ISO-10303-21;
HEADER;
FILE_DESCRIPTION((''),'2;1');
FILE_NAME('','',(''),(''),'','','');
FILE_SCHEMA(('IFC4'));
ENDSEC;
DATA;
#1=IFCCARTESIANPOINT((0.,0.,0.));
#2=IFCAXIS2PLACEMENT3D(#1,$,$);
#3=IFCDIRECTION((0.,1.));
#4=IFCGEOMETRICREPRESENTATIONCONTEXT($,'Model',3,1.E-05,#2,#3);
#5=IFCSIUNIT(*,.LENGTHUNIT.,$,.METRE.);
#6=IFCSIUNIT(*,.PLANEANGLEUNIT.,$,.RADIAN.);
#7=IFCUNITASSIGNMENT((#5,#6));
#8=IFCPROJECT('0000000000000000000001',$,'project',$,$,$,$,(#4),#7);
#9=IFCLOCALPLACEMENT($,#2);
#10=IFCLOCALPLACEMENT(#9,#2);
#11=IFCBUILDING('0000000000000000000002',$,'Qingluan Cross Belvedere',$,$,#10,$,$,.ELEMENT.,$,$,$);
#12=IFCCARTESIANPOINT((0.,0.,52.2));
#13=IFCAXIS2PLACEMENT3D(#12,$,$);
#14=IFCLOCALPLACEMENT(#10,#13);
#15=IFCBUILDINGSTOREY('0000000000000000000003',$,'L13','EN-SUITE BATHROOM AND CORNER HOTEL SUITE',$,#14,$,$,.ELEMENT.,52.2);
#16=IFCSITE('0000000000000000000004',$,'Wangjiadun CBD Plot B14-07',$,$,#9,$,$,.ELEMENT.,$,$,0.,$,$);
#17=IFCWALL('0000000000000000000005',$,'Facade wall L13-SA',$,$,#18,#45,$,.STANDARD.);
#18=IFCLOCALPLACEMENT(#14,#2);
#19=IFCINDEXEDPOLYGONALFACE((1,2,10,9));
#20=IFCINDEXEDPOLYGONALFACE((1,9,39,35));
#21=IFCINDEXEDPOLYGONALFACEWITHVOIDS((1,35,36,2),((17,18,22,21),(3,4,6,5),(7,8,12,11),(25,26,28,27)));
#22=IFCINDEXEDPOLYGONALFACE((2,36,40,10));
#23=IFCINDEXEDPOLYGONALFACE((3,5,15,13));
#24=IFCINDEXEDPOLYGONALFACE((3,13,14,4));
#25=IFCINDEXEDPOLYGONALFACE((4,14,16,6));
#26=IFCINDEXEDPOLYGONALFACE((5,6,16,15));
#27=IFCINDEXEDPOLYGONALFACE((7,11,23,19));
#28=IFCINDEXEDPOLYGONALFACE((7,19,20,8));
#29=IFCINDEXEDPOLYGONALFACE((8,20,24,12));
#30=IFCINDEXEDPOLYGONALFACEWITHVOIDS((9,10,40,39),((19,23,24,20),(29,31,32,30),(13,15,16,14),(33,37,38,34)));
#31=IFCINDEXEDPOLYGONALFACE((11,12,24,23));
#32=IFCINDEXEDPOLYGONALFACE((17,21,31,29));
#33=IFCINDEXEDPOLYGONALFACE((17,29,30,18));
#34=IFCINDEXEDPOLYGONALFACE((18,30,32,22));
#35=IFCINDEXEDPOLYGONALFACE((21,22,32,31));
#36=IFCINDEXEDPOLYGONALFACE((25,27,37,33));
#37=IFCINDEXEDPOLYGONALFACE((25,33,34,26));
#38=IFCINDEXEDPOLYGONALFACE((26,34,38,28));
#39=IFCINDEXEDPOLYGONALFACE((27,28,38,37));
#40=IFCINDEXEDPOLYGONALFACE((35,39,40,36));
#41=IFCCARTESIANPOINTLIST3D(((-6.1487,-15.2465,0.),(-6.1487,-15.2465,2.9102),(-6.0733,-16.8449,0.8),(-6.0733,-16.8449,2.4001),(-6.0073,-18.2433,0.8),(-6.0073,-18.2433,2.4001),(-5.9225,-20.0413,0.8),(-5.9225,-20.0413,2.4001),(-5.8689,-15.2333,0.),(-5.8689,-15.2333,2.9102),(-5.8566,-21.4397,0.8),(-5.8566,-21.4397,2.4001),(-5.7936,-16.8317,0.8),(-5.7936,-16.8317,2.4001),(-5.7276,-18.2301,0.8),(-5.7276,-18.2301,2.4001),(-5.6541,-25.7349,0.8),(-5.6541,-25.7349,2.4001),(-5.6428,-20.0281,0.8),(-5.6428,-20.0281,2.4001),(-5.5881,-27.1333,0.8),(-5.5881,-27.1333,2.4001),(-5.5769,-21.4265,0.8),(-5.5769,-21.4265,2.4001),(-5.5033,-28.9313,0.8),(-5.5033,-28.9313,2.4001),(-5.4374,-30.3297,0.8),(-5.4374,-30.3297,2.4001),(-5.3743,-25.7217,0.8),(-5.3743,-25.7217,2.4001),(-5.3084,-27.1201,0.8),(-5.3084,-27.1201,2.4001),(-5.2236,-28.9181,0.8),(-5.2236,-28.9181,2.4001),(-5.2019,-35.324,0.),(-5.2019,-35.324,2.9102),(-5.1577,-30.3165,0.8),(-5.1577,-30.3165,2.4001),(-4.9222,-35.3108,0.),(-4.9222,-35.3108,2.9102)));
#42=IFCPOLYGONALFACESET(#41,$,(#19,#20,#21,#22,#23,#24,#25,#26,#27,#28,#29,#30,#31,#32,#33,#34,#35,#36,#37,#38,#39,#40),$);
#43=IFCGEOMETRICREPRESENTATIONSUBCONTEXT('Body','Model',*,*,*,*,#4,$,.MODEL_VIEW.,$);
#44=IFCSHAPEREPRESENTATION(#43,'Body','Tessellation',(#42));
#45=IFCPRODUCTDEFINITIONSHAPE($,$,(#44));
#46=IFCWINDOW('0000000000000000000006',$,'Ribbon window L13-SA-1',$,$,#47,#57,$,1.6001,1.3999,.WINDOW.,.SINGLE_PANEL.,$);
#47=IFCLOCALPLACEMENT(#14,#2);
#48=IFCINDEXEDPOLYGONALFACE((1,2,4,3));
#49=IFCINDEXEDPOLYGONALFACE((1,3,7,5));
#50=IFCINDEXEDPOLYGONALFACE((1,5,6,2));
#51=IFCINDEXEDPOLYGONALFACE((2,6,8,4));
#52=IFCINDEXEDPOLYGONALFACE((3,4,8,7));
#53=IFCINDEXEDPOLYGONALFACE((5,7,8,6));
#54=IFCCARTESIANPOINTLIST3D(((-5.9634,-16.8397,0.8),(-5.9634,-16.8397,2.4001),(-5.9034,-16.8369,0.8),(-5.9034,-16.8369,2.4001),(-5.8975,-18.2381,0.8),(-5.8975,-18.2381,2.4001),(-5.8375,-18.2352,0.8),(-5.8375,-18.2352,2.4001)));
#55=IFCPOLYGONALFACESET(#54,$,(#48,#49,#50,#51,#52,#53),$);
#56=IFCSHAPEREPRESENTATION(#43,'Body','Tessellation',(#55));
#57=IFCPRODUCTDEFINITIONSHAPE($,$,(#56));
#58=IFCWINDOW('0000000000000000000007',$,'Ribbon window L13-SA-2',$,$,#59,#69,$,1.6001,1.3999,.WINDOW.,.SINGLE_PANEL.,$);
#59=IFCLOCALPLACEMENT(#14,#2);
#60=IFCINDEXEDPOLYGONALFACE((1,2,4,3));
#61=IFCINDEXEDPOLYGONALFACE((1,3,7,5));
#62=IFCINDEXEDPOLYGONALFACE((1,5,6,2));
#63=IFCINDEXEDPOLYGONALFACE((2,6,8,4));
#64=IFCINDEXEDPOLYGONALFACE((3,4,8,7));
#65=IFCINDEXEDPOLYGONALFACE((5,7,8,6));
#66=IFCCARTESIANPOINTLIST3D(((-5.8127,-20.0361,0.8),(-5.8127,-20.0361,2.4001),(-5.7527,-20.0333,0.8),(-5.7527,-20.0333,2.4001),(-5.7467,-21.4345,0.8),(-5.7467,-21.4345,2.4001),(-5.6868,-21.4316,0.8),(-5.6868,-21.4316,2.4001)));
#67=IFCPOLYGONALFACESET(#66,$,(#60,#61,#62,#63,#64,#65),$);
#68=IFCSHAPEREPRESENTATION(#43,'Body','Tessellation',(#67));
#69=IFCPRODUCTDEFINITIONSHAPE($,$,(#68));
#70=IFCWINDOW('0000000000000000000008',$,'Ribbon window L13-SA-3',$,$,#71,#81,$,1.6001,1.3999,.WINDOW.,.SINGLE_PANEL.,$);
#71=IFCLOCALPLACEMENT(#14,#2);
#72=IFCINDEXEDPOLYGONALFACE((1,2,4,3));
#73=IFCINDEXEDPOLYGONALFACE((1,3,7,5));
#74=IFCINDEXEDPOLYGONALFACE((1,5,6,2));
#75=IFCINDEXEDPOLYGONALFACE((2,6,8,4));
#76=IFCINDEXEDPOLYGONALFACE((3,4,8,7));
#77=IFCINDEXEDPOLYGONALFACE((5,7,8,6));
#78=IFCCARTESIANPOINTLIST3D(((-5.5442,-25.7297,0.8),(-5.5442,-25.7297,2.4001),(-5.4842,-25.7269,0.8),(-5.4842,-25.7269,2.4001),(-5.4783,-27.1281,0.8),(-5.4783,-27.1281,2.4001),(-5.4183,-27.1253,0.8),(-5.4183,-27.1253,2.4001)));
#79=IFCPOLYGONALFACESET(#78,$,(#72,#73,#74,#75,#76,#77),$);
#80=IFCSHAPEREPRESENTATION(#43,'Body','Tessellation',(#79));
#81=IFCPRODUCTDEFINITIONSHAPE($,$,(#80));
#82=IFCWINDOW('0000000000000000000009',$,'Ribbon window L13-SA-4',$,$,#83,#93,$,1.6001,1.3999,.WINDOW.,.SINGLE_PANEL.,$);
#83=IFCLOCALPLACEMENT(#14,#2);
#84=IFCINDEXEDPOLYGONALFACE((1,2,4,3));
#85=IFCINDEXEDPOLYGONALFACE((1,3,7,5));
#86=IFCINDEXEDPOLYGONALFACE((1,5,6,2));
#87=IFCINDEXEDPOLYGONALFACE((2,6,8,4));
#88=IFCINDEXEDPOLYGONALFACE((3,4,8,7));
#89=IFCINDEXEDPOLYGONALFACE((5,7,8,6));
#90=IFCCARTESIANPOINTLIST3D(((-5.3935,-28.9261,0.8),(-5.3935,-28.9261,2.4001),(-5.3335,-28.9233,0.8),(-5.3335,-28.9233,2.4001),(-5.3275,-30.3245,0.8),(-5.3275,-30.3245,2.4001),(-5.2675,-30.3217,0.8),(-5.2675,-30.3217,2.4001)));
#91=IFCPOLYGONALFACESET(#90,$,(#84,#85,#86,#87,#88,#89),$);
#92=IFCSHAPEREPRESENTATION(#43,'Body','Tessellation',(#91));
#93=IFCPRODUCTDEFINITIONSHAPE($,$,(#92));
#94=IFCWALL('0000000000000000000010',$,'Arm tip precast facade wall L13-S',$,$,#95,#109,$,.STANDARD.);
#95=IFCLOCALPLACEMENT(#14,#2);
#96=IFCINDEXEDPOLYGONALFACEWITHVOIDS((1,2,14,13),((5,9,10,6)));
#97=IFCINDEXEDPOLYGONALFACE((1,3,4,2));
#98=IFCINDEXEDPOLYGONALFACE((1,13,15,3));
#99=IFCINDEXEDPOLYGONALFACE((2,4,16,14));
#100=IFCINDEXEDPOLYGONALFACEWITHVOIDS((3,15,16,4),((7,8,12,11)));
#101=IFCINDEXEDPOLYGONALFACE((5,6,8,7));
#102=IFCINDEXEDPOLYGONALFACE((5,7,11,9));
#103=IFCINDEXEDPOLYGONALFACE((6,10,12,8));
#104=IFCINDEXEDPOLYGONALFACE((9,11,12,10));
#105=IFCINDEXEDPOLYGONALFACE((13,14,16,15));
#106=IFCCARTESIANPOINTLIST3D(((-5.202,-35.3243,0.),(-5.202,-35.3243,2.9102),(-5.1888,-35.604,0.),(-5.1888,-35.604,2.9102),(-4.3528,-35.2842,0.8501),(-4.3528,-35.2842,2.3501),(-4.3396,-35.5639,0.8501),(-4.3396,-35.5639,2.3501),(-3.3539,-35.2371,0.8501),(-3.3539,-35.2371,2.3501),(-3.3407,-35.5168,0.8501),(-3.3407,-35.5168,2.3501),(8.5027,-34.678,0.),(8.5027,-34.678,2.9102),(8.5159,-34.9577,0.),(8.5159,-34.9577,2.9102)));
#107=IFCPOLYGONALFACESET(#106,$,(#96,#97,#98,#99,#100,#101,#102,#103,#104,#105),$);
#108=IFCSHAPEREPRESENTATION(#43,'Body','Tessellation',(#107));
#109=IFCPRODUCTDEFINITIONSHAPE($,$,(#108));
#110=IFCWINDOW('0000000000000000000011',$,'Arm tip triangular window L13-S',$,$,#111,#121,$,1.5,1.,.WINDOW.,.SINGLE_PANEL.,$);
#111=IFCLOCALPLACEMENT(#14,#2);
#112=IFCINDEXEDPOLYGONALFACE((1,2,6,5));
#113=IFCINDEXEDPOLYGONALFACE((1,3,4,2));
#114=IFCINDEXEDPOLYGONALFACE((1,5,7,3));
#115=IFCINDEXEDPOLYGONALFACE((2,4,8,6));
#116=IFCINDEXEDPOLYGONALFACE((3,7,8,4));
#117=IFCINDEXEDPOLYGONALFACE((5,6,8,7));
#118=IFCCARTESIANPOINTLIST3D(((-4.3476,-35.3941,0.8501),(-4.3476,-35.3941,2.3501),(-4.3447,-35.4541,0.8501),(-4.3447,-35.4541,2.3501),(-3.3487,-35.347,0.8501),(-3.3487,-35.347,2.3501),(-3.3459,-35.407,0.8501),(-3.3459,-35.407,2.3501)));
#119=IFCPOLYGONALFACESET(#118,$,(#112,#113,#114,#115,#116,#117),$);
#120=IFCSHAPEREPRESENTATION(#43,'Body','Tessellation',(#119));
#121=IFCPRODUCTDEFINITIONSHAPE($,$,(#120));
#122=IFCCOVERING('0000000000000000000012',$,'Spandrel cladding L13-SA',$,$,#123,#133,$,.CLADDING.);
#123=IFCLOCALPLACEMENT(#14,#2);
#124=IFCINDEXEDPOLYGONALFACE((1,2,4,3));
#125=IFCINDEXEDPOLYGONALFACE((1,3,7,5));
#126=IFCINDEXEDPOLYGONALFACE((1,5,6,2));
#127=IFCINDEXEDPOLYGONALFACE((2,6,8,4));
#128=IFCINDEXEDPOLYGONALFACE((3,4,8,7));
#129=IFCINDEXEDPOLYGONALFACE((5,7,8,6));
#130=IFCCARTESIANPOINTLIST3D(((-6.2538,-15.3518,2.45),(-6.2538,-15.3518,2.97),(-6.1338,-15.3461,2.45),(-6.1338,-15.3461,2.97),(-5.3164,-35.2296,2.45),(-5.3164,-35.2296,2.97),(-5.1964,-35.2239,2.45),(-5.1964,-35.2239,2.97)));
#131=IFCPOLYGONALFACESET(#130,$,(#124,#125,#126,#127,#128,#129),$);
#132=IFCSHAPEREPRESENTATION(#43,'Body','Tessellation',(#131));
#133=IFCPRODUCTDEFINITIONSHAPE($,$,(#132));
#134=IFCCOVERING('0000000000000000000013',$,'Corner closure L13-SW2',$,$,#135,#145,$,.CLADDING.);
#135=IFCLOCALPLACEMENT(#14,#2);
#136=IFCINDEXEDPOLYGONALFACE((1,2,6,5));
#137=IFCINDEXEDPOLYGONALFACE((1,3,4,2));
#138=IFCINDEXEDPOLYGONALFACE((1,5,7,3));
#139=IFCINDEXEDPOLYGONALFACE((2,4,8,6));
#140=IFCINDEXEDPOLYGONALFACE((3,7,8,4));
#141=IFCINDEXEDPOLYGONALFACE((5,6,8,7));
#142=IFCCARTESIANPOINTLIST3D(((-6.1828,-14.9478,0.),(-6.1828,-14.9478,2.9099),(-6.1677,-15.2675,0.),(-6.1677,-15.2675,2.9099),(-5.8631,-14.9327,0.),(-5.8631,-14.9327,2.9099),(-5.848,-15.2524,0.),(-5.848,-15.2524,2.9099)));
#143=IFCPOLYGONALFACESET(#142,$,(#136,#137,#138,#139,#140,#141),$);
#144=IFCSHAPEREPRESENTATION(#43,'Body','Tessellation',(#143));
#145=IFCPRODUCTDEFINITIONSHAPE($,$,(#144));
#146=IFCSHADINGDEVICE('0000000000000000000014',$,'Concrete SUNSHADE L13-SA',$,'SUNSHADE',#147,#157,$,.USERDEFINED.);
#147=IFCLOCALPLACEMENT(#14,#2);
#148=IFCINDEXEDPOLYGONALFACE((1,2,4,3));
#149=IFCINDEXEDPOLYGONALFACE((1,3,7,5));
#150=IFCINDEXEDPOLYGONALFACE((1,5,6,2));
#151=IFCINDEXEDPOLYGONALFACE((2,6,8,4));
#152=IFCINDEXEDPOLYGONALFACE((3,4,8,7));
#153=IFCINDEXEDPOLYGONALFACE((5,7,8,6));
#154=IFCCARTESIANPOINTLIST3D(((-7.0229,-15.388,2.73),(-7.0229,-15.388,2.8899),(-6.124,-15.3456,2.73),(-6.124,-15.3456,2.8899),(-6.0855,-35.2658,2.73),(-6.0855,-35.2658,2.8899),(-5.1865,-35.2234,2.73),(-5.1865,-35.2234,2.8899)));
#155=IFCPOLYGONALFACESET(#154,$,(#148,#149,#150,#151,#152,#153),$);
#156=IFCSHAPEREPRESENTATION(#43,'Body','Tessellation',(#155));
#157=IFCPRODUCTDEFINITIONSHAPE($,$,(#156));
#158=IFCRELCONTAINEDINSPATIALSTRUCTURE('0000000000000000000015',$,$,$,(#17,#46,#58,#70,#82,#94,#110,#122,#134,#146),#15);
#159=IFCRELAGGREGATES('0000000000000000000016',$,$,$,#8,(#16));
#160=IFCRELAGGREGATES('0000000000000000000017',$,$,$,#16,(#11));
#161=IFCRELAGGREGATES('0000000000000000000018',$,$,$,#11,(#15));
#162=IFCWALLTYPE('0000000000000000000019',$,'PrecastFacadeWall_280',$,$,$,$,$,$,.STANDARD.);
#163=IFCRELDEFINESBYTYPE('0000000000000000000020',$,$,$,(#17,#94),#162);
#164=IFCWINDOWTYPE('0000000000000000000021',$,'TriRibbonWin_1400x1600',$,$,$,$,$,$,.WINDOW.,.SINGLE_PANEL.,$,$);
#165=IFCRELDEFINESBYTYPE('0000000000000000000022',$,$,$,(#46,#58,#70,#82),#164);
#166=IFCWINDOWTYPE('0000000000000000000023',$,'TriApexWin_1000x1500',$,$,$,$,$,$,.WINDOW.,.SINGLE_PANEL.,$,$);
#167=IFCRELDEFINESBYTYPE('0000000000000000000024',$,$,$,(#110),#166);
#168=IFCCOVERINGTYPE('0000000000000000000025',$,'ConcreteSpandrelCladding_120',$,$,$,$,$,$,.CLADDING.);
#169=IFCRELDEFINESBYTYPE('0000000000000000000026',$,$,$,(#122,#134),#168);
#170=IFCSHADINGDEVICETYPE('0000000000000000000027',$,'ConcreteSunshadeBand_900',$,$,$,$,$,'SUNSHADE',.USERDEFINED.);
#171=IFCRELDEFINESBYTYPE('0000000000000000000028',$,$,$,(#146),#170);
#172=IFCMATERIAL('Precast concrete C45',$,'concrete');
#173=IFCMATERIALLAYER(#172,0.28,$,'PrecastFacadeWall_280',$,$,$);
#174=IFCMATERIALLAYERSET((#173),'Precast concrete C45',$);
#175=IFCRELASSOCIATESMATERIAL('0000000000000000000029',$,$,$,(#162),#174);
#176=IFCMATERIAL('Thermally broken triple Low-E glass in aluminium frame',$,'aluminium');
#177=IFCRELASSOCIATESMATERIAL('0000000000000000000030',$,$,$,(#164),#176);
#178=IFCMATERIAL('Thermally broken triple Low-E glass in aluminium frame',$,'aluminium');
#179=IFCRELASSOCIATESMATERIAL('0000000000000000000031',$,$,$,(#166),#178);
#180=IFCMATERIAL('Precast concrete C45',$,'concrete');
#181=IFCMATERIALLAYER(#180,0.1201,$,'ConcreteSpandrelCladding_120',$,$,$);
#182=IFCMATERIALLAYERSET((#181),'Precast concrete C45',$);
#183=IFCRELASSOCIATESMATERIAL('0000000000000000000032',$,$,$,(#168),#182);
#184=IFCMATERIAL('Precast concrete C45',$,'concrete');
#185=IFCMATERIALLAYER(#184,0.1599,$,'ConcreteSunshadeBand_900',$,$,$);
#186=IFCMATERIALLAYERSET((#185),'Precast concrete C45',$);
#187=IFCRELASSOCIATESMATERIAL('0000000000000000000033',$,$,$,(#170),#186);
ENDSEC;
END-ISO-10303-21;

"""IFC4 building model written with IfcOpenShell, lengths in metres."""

from ifc_helpers import new_model, si_unit, direction, frame, frame_2d, origin, origin_2d, place, context, subcontext, project, spatial, rectangle, extrude, material, layer, layer_set, type_object, element, fill, save


model = new_model("IFC4")

# Units and contexts
model_context = context("Model", 3, precision=1e-05, world=origin(), true_north=direction((0.0, 1.0)))
body_context = subcontext(model_context, "Body", "Model", "MODEL_VIEW")
ifc_project = project(units=[si_unit("LENGTHUNIT", "METRE"), si_unit("PLANEANGLEUNIT", "RADIAN")], contexts=[model_context])

# Site, building, storey
site_placement = place(None, origin())
site = spatial("IfcSite", under=ifc_project, at=site_placement, Name="Wangjiadun CBD Plot B14-07", CompositionType="ELEMENT", RefElevation=0.0)
building_placement = place(site_placement, origin())
building = spatial("IfcBuilding", under=site, at=building_placement, Name="Qingluan Cross Belvedere", CompositionType="ELEMENT")
storey_placement = place(building_placement, frame((0.0, 0.0, 52.2)))
storey = spatial("IfcBuildingStorey", under=building, at=storey_placement, Name="L13", Description="EN-SUITE BATHROOM AND CORNER HOTEL SUITE", CompositionType="ELEMENT", Elevation=52.2)

# Wall, openings, windows
ifc_material_1 = material(Name="Precast concrete C45", Category="concrete")
ifc_layer_1 = layer(ifc_material_1, 0.28, Name="PrecastFacadeWall_280")
ifc_layer_set_1 = layer_set([ifc_layer_1], Name="Precast concrete C45")
wall_type_1 = type_object("IfcWallType", Name="PrecastFacadeWall_280", PredefinedType="STANDARD", material=ifc_layer_set_1)
wall_1_placement = place(storey_placement, frame((-6.0088, -15.24, 0.0), z_axis=(0.0, 0.0, 1.0), x_axis=(0.047103, -0.99889, 0.0)))
wall_1 = element("IfcWall", 1, at=wall_1_placement, inside=storey, type_object=wall_type_1, Name="Facade wall L13-SA", PredefinedType="STANDARD", context=body_context, shape_type="SweptSolid", body=[
    extrude(rectangle(XDim=20.0999, YDim=0.28, at=frame_2d((10.0498, 0.0))), origin(), (0.0, 0.0, 1.0), 2.9102),
])
opening_1_placement = place(wall_1_placement, frame((1.6001, 0.0, 0.8)))
opening_1 = element("IfcOpeningElement", 2, at=opening_1_placement, cuts=wall_1, PredefinedType="OPENING", context=body_context, shape_type="SweptSolid", body=[
    extrude(rectangle(XDim=1.3999, YDim=1.6001, at=frame_2d((0.7, 0.8))), frame((0.0, 0.1499, 0.0), z_axis=(0.0, -1.0, 0.0), x_axis=(1.0, 0.0, 0.0)), (0.0, 0.0, 1.0), 0.3),
])
opening_2_placement = place(wall_1_placement, frame((4.8, 0.0, 0.8)))
opening_2 = element("IfcOpeningElement", 3, at=opening_2_placement, cuts=wall_1, PredefinedType="OPENING", context=body_context, shape_type="SweptSolid", body=[
    extrude(rectangle(XDim=1.3999, YDim=1.6001, at=frame_2d((0.7, 0.8))), frame((0.0, 0.1499, 0.0), z_axis=(0.0, -1.0, 0.0), x_axis=(1.0, 0.0, 0.0)), (0.0, 0.0, 1.0), 0.3),
])
opening_3_placement = place(wall_1_placement, frame((10.5, 0.0, 0.8)))
opening_3 = element("IfcOpeningElement", 4, at=opening_3_placement, cuts=wall_1, PredefinedType="OPENING", context=body_context, shape_type="SweptSolid", body=[
    extrude(rectangle(XDim=1.3999, YDim=1.6001, at=frame_2d((0.7, 0.8))), frame((0.0, 0.1499, 0.0), z_axis=(0.0, -1.0, 0.0), x_axis=(1.0, 0.0, 0.0)), (0.0, 0.0, 1.0), 0.3),
])
opening_4_placement = place(wall_1_placement, frame((13.7, 0.0, 0.8)))
opening_4 = element("IfcOpeningElement", 5, at=opening_4_placement, cuts=wall_1, PredefinedType="OPENING", context=body_context, shape_type="SweptSolid", body=[
    extrude(rectangle(XDim=1.3999, YDim=1.6001, at=frame_2d((0.7, 0.8))), frame((0.0, 0.1499, 0.0), z_axis=(0.0, -1.0, 0.0), x_axis=(1.0, 0.0, 0.0)), (0.0, 0.0, 1.0), 0.3),
])
ifc_material_2 = material(Name="Thermally broken triple Low-E glass in aluminium frame", Category="aluminium")
window_type_1 = type_object("IfcWindowType", Name="TriRibbonWin_1400x1600", PartitioningType="SINGLE_PANEL", PredefinedType="WINDOW", material=ifc_material_2)
window_1_placement = place(opening_1_placement, origin())
window_1 = element("IfcWindow", 6, at=window_1_placement, inside=storey, type_object=window_type_1, Name="Ribbon window L13-SA-1", OverallHeight=1.6001, OverallWidth=1.3999, PartitioningType="SINGLE_PANEL", PredefinedType="WINDOW", context=body_context, shape_type="SweptSolid", body=[
    extrude(rectangle(XDim=1.3999, YDim=1.6001, at=frame_2d((0.7, 0.8))), frame((0.0, 0.03, 0.0), z_axis=(0.0, -1.0, 0.0), x_axis=(1.0, 0.0, 0.0)), (0.0, 0.0, 1.0), 0.0601),
])
fill(opening_1, window_1)
window_2_placement = place(opening_2_placement, origin())
window_2 = element("IfcWindow", 7, at=window_2_placement, inside=storey, type_object=window_type_1, Name="Ribbon window L13-SA-2", OverallHeight=1.6001, OverallWidth=1.3999, PartitioningType="SINGLE_PANEL", PredefinedType="WINDOW", context=body_context, shape_type="SweptSolid", body=[
    extrude(rectangle(XDim=1.3999, YDim=1.6001, at=frame_2d((0.7, 0.8))), frame((0.0, 0.03, 0.0), z_axis=(0.0, -1.0, 0.0), x_axis=(1.0, 0.0, 0.0)), (0.0, 0.0, 1.0), 0.0601),
])
fill(opening_2, window_2)
window_3_placement = place(opening_3_placement, origin())
window_3 = element("IfcWindow", 8, at=window_3_placement, inside=storey, type_object=window_type_1, Name="Ribbon window L13-SA-3", OverallHeight=1.6001, OverallWidth=1.3999, PartitioningType="SINGLE_PANEL", PredefinedType="WINDOW", context=body_context, shape_type="SweptSolid", body=[
    extrude(rectangle(XDim=1.3999, YDim=1.6001, at=frame_2d((0.7, 0.8))), frame((0.0, 0.03, 0.0), z_axis=(0.0, -1.0, 0.0), x_axis=(1.0, 0.0, 0.0)), (0.0, 0.0, 1.0), 0.0601),
])
fill(opening_3, window_3)
window_4_placement = place(opening_4_placement, origin())
window_4 = element("IfcWindow", 9, at=window_4_placement, inside=storey, type_object=window_type_1, Name="Ribbon window L13-SA-4", OverallHeight=1.6001, OverallWidth=1.3999, PartitioningType="SINGLE_PANEL", PredefinedType="WINDOW", context=body_context, shape_type="SweptSolid", body=[
    extrude(rectangle(XDim=1.3999, YDim=1.6001, at=frame_2d((0.7, 0.8))), frame((0.0, 0.03, 0.0), z_axis=(0.0, -1.0, 0.0), x_axis=(1.0, 0.0, 0.0)), (0.0, 0.0, 1.0), 0.0601),
])
fill(opening_4, window_4)

# Wall, opening, window
wall_2_placement = place(storey_placement, frame((-5.1953, -35.4641, 0.0), z_axis=(0.0, 0.0, 1.0), x_axis=(0.99889, 0.047102, 0.0)))
wall_2 = element("IfcWall", 10, at=wall_2_placement, inside=storey, type_object=wall_type_1, Name="Arm tip precast facade wall L13-S", PredefinedType="STANDARD", context=body_context, shape_type="SweptSolid", body=[
    extrude(rectangle(XDim=13.72, YDim=0.28, at=frame_2d((6.8599, 0.0))), origin(), (0.0, 0.0, 1.0), 2.9102),
])
opening_5_placement = place(wall_2_placement, frame((0.8501, 0.0, 0.8501)))
opening_5 = element("IfcOpeningElement", 11, at=opening_5_placement, cuts=wall_2, PredefinedType="OPENING", context=body_context, shape_type="SweptSolid", body=[
    extrude(rectangle(XDim=1.0, YDim=1.5, at=frame_2d((0.5, 0.75))), frame((0.0, 0.1499, 0.0), z_axis=(0.0, -1.0, 0.0), x_axis=(1.0, 0.0, 0.0)), (0.0, 0.0, 1.0), 0.3),
])
ifc_material_3 = material(Name="Thermally broken triple Low-E glass in aluminium frame", Category="aluminium")
window_type_2 = type_object("IfcWindowType", Name="TriApexWin_1000x1500", PartitioningType="SINGLE_PANEL", PredefinedType="WINDOW", material=ifc_material_3)
window_5_placement = place(opening_5_placement, origin())
window_5 = element("IfcWindow", 12, at=window_5_placement, inside=storey, type_object=window_type_2, Name="Arm tip triangular window L13-S", OverallHeight=1.5, OverallWidth=1.0, PartitioningType="SINGLE_PANEL", PredefinedType="WINDOW", context=body_context, shape_type="SweptSolid", body=[
    extrude(rectangle(XDim=1.0, YDim=1.5, at=frame_2d((0.5, 0.75))), frame((0.0, 0.03, 0.0), z_axis=(0.0, -1.0, 0.0), x_axis=(1.0, 0.0, 0.0)), (0.0, 0.0, 1.0), 0.0601),
])
fill(opening_5, window_5)

# Coverings
ifc_material_4 = material(Name="Precast concrete C45", Category="concrete")
ifc_layer_2 = layer(ifc_material_4, 0.1201, Name="ConcreteSpandrelCladding_120")
ifc_layer_set_2 = layer_set([ifc_layer_2], Name="Precast concrete C45")
covering_type = type_object("IfcCoveringType", Name="ConcreteSpandrelCladding_120", PredefinedType="CLADDING", material=ifc_layer_set_2)
covering_1_placement = place(storey_placement, frame((-5.7251, -25.2878, 2.45), z_axis=(0.0, 0.0, 1.0), x_axis=(0.047109, -0.99889, 0.0)))
element("IfcCovering", 13, at=covering_1_placement, inside=storey, type_object=covering_type, Name="Spandrel cladding L13-SA", PredefinedType="CLADDING", context=body_context, shape_type="SweptSolid", body=[
    extrude(rectangle(XDim=19.8999, YDim=0.1201, at=origin_2d()), origin(), (0.0, 0.0, 1.0), 0.52),
])
covering_2_placement = place(storey_placement, frame((-6.0154, -15.1001, 0.0), z_axis=(0.0, 0.0, 1.0), x_axis=(0.99889, 0.047106, 0.0)))
element("IfcCovering", 14, at=covering_2_placement, inside=storey, type_object=covering_type, Name="Corner closure L13-SW2", PredefinedType="CLADDING", context=body_context, shape_type="SweptSolid", body=[
    extrude(rectangle(XDim=0.3201, YDim=0.3201, at=origin_2d()), origin(), (0.0, 0.0, 1.0), 2.9099),
])

# Shading device
ifc_material_5 = material(Name="Precast concrete C45", Category="concrete")
ifc_layer_3 = layer(ifc_material_5, 0.1599, Name="ConcreteSunshadeBand_900")
ifc_layer_set_3 = layer_set([ifc_layer_3], Name="Precast concrete C45")
shading_device_type = type_object("IfcShadingDeviceType", Name="ConcreteSunshadeBand_900", ElementType="SUNSHADE", PredefinedType="USERDEFINED", material=ifc_layer_set_3)
shading_device_placement = place(storey_placement, frame((-6.1047, -25.3057, 2.73), z_axis=(0.0, 0.0, 1.0), x_axis=(0.047109, -0.99889, 0.0)))
element("IfcShadingDevice", 15, at=shading_device_placement, inside=storey, type_object=shading_device_type, Name="Concrete SUNSHADE L13-SA", ObjectType="SUNSHADE", PredefinedType="USERDEFINED", context=body_context, shape_type="SweptSolid", body=[
    extrude(rectangle(XDim=19.8999, YDim=0.8999, at=origin_2d()), origin(), (0.0, 0.0, 1.0), 0.1599),
])

save(model, "model.ifc")
